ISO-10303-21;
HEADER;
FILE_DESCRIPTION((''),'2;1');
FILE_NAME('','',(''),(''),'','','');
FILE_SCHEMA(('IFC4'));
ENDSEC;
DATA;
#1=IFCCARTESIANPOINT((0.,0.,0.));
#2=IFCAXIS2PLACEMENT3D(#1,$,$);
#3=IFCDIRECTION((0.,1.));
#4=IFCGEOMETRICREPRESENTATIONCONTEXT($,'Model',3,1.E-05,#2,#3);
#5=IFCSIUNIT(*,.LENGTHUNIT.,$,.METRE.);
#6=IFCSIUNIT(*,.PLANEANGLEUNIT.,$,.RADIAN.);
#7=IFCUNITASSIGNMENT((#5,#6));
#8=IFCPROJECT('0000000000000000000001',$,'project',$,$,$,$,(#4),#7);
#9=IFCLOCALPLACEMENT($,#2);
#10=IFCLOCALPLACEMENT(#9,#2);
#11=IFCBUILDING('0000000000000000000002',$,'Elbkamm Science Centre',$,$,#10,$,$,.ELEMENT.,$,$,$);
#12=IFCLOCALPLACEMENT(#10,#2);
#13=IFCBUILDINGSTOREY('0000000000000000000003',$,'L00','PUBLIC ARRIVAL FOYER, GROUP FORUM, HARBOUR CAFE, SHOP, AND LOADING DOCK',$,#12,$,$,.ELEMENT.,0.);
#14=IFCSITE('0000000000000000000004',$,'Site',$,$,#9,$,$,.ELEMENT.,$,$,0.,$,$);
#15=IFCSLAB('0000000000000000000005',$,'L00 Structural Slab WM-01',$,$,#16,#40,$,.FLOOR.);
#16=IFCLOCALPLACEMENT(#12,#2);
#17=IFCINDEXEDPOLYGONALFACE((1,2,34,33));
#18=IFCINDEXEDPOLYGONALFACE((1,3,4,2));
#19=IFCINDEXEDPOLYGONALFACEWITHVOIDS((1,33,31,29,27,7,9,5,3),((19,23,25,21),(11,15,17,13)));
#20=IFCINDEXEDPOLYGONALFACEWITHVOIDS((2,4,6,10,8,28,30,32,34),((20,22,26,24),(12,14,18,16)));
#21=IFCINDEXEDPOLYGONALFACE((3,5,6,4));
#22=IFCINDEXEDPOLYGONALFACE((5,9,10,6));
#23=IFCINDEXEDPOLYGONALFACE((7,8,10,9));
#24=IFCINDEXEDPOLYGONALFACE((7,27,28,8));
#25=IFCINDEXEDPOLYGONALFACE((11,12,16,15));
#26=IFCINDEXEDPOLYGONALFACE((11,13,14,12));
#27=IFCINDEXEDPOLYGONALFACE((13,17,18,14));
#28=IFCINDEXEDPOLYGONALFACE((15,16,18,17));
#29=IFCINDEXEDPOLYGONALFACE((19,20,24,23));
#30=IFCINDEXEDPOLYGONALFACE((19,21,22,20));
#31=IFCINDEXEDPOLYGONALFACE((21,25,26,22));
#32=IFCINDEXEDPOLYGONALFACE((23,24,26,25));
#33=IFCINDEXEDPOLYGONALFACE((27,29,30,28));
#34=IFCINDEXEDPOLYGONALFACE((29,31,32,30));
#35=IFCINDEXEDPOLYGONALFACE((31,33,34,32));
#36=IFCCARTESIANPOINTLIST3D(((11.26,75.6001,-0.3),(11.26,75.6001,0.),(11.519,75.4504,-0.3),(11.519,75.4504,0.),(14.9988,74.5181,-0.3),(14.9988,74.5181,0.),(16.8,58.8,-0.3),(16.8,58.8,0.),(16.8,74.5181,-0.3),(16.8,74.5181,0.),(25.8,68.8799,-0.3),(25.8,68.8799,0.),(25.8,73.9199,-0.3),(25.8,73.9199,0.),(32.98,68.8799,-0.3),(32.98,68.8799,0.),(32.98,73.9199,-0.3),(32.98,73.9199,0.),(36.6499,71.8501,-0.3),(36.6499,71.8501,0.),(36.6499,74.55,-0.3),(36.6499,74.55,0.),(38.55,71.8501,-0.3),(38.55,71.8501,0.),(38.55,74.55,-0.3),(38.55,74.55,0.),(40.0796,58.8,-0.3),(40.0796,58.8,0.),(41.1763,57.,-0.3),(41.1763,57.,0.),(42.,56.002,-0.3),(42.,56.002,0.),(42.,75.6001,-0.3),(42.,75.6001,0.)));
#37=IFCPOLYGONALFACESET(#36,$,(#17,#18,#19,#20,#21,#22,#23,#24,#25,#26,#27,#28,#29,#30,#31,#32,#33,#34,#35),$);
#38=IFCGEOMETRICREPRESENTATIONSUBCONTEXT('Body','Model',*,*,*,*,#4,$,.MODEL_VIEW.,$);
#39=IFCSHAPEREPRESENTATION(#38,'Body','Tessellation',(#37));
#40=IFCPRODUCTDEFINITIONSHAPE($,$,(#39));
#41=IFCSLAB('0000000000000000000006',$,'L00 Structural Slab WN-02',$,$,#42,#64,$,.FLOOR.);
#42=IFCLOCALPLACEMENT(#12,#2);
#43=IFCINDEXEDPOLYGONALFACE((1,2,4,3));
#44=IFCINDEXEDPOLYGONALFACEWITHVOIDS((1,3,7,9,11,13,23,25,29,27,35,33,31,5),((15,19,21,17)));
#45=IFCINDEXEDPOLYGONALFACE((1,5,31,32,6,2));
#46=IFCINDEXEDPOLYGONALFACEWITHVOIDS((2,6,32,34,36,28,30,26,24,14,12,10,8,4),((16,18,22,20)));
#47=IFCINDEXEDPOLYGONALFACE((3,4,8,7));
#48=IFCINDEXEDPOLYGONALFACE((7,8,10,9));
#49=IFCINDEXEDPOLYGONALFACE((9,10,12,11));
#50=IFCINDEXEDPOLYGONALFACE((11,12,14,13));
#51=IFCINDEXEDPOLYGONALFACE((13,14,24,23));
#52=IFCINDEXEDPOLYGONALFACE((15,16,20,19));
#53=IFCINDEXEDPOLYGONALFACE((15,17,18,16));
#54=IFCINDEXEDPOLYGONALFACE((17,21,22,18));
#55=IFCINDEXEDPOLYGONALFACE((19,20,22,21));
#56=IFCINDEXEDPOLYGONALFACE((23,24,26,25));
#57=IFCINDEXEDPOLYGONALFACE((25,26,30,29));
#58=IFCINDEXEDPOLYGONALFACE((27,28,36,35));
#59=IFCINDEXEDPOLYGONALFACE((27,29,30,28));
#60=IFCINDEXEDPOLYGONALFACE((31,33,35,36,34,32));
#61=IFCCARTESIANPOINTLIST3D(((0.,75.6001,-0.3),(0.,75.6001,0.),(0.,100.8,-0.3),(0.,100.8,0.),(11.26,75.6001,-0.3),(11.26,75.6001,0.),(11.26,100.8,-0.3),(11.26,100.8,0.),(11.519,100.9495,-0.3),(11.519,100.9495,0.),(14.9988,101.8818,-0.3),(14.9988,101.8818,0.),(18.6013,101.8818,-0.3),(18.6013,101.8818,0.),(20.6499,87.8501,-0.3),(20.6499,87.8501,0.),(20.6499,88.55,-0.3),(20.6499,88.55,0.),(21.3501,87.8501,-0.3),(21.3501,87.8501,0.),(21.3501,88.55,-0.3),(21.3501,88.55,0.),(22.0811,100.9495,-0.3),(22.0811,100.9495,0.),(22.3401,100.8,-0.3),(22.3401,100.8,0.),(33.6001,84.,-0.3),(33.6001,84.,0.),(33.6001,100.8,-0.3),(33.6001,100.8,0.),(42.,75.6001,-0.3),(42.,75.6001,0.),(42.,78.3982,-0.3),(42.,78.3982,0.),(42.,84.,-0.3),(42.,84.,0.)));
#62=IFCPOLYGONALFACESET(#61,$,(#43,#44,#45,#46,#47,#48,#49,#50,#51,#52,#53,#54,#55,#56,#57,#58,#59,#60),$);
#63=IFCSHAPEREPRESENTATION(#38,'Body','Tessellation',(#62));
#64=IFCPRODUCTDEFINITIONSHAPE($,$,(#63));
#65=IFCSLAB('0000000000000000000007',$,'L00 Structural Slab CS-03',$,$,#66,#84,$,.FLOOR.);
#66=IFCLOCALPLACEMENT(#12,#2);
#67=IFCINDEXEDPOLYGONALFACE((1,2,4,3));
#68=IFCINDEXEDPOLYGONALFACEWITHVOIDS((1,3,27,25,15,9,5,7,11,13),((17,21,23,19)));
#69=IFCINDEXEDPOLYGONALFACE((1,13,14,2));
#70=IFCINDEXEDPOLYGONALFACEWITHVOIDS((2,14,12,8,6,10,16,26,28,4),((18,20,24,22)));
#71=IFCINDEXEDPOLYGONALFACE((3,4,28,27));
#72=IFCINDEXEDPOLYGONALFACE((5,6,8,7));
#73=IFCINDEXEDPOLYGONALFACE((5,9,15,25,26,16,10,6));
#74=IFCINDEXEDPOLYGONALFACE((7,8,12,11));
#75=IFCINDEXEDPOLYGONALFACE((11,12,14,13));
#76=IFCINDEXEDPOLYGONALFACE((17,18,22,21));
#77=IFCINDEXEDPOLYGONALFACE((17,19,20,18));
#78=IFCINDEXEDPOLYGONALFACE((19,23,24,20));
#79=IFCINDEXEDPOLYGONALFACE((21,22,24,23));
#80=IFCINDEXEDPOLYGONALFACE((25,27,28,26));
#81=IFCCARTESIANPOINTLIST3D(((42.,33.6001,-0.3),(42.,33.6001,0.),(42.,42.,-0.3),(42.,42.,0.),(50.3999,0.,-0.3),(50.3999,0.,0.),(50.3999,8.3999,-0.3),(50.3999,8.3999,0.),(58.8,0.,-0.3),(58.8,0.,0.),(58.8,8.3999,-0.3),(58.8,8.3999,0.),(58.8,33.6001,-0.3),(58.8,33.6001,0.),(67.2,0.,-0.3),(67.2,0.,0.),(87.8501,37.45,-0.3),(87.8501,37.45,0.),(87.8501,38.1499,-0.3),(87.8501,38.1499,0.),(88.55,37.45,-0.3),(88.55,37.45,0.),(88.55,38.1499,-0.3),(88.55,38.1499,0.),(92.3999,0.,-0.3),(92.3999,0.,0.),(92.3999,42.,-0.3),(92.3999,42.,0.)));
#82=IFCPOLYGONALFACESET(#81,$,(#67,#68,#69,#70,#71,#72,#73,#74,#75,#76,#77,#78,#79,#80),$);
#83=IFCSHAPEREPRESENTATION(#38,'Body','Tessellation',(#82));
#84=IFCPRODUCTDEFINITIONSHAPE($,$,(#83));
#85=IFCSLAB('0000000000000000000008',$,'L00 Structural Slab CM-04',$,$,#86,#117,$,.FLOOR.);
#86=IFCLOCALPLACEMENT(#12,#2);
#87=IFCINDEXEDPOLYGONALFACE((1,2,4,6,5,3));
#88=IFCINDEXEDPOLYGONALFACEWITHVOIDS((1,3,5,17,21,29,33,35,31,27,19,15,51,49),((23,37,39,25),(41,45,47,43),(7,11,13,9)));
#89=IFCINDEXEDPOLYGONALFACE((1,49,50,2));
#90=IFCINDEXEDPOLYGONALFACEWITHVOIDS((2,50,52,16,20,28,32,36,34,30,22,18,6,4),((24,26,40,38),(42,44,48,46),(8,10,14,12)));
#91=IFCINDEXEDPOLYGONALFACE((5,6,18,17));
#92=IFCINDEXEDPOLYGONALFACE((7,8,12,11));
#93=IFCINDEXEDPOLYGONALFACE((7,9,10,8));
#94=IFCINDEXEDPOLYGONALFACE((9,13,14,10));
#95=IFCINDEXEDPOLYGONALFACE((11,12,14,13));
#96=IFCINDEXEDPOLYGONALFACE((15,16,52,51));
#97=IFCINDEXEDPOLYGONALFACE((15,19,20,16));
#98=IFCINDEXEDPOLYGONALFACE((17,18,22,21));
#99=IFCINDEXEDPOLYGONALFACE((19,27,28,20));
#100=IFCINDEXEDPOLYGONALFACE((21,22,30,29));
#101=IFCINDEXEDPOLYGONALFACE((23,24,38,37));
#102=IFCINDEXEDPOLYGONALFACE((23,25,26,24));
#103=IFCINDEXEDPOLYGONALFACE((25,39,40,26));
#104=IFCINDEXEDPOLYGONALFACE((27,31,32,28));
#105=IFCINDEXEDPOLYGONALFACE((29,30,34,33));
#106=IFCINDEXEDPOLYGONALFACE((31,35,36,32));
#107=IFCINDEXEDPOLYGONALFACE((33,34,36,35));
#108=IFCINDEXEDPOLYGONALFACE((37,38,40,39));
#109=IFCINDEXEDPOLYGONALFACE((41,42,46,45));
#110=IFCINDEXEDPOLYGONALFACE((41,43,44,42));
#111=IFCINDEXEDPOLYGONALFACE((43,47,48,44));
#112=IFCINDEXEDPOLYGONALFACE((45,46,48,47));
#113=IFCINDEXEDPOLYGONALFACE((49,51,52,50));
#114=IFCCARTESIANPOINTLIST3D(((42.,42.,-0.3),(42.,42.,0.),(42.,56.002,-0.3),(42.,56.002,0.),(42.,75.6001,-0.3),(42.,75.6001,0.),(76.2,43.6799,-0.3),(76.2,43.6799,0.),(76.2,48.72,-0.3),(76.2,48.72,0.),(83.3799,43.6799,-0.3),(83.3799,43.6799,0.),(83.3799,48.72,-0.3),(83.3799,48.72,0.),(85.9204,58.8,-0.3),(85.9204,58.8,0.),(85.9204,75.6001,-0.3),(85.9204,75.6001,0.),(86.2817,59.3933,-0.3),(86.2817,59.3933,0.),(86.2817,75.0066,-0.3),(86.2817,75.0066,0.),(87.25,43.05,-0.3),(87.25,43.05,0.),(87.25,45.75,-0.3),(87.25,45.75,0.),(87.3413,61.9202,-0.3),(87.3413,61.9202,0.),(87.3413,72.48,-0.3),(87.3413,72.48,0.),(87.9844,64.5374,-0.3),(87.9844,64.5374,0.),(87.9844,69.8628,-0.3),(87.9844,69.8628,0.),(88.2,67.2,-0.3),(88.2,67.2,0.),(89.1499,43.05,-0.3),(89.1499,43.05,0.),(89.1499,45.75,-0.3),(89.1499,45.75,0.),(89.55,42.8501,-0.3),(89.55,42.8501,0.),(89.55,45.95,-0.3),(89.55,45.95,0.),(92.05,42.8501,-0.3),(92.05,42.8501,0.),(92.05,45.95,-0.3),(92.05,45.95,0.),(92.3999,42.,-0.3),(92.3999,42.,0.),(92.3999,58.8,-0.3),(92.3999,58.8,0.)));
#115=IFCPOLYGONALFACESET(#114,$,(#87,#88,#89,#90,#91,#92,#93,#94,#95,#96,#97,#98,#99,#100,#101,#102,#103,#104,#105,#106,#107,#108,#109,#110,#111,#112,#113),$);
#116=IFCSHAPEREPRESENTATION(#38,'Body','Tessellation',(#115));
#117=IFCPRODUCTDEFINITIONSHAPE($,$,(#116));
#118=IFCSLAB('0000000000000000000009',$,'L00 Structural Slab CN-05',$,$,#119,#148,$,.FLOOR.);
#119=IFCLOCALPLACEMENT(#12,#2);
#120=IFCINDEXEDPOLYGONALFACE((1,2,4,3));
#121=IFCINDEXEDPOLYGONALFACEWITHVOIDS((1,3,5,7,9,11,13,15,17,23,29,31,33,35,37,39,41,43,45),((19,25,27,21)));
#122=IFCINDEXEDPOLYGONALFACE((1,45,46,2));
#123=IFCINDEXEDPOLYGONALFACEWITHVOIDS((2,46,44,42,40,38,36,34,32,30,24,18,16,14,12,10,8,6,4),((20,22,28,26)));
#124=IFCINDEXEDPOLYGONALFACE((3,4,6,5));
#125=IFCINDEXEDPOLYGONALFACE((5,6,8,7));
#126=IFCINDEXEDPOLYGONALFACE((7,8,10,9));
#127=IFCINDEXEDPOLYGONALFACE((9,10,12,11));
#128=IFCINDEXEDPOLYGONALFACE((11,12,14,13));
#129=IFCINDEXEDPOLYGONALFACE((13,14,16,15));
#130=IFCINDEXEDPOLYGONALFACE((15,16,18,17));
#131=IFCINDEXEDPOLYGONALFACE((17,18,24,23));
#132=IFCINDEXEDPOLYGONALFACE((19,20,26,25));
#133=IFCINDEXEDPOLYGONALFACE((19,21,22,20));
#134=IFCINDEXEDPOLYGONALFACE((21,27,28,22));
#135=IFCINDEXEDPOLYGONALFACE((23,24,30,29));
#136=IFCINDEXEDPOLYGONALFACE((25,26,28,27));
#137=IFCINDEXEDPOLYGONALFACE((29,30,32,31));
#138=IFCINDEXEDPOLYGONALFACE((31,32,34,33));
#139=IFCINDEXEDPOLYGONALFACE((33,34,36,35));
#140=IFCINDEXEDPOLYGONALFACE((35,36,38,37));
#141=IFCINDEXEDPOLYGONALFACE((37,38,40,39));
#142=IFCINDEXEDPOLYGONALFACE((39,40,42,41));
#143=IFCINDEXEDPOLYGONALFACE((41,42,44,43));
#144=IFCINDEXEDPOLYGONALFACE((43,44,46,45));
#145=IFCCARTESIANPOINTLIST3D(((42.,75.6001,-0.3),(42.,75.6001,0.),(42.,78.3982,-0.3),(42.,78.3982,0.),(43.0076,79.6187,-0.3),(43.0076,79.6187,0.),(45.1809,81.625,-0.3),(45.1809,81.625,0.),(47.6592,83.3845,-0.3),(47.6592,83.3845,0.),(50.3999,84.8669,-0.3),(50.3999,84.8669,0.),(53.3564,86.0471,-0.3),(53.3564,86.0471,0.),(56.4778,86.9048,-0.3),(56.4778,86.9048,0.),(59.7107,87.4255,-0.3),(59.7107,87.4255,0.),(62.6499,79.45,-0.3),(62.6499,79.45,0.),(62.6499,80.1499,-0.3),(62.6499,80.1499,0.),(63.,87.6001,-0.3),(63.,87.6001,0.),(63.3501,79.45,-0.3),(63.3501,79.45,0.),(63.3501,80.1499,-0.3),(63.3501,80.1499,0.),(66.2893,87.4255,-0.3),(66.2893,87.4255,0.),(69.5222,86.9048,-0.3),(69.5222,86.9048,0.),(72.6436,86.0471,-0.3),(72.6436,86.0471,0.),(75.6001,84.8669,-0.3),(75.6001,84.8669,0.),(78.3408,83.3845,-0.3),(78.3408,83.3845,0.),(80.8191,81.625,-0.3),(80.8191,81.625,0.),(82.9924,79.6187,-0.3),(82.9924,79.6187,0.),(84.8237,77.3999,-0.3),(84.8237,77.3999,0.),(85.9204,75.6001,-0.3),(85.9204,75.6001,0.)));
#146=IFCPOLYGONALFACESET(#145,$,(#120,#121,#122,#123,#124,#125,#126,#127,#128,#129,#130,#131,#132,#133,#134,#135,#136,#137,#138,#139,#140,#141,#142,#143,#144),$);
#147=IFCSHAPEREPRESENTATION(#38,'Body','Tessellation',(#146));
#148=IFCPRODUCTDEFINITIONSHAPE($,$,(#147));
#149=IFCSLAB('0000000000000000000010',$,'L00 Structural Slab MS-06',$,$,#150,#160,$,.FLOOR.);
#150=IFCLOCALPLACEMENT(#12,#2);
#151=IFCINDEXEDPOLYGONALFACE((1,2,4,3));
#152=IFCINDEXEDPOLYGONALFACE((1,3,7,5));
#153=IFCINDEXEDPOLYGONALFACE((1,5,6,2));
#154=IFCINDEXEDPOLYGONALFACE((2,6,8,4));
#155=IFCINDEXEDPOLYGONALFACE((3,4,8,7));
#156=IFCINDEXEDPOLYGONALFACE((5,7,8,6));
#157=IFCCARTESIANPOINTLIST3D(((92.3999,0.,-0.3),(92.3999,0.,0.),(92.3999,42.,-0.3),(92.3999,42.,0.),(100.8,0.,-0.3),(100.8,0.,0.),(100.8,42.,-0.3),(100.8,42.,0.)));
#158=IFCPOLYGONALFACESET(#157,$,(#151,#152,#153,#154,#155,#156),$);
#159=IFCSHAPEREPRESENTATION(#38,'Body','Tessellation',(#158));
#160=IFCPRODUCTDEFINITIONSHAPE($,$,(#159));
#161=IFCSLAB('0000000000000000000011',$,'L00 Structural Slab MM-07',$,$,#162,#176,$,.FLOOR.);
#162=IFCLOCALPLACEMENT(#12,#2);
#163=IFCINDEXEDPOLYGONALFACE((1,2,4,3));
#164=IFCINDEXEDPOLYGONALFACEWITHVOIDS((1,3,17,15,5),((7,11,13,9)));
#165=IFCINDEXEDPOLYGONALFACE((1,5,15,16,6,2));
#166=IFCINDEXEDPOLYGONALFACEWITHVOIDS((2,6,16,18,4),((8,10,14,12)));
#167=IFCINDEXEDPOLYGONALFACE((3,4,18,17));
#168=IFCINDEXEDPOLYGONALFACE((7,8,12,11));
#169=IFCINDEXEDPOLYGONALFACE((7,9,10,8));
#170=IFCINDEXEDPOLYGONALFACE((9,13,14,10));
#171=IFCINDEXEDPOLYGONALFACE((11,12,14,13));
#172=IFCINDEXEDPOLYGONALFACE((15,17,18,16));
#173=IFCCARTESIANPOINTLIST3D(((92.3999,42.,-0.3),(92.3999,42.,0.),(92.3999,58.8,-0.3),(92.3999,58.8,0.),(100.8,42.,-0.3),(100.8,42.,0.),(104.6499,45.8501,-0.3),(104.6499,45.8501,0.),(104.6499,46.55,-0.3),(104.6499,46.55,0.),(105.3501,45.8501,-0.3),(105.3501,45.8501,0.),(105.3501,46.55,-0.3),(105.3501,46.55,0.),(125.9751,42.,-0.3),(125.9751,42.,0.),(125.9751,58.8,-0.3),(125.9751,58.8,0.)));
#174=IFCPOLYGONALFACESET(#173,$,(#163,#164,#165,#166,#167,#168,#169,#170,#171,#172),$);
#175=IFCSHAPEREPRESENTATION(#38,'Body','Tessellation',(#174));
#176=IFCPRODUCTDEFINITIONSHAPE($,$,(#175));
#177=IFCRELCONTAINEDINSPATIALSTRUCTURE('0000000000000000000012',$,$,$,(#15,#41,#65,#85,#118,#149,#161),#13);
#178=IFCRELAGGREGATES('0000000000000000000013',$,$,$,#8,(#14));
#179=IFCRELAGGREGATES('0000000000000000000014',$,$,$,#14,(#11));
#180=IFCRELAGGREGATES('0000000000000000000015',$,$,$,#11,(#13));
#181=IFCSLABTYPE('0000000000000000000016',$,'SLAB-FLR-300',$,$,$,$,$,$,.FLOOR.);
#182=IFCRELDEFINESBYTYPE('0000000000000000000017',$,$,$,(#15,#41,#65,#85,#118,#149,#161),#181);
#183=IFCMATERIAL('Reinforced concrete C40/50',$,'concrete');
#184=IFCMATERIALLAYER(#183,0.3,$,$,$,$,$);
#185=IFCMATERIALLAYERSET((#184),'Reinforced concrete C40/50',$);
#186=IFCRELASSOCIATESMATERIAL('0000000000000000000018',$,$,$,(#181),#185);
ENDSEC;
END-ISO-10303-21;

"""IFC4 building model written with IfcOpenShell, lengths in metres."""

from ifc_helpers import new_model, si_unit, direction, frame, origin, place, context, subcontext, project, spatial, polyline, outline, extrude, material, layer, layer_set, type_object, element, save


model = new_model("IFC4")

# Units and contexts
model_context = context("Model", 3, precision=1e-05, world=origin(), true_north=direction((0.0, 1.0)))
body_context = subcontext(model_context, "Body", "Model", "MODEL_VIEW")
ifc_project = project(units=[si_unit("LENGTHUNIT", "METRE"), si_unit("PLANEANGLEUNIT", "RADIAN")], contexts=[model_context])

# Site, building, storey
site_placement = place(None, origin())
site = spatial("IfcSite", under=ifc_project, at=site_placement, Name="Site", CompositionType="ELEMENT", RefElevation=0.0)
building_placement = place(site_placement, origin())
building = spatial("IfcBuilding", under=site, at=building_placement, Name="Elbkamm Science Centre", CompositionType="ELEMENT")
storey_placement = place(building_placement, origin())
storey = spatial("IfcBuildingStorey", under=building, at=storey_placement, Name="L00", Description="PUBLIC ARRIVAL FOYER, GROUP FORUM, HARBOUR CAFE, SHOP, AND LOADING DOCK", CompositionType="ELEMENT", Elevation=0.0)

# Slabs
ifc_material_1 = material(Name="Reinforced concrete C40/50", Category="concrete")
ifc_layer_1 = layer(ifc_material_1, 0.3)
ifc_layer_set_1 = layer_set([ifc_layer_1], Name="Reinforced concrete C40/50")
slab_type_1 = type_object("IfcSlabType", Name="SLAB-FLR-300", PredefinedType="FLOOR", material=ifc_layer_set_1)
slab_1_placement = place(storey_placement, frame((0.0, 0.0, -0.3)))
element("IfcSlab", 1, at=slab_1_placement, inside=storey, type_object=slab_type_1, Name="L00 Structural Slab WM-01", PredefinedType="FLOOR", context=body_context, shape_type="SweptSolid", body=[
    extrude(outline(polyline([(41.1763, 57.0), (40.0796, 58.8), (16.8, 58.8), (16.8, 74.5181), (14.9988, 74.5181), (11.519, 75.4504), (11.26, 75.6001), (42.0, 75.6001), (42.0, 56.002), (41.1763, 57.0)]), holes=[polyline([(25.8, 68.8799), (32.98, 68.8799), (32.98, 73.9199), (25.8, 73.9199), (25.8, 68.8799)]), polyline([(36.6499, 71.8501), (38.55, 71.8501), (38.55, 74.55), (36.6499, 74.55), (36.6499, 71.8501)])]), origin(), (0.0, 0.0, 1.0), 0.3),
])
slab_2_placement = place(storey_placement, frame((0.0, 0.0, -0.3)))
element("IfcSlab", 2, at=slab_2_placement, inside=storey, type_object=slab_type_1, Name="L00 Structural Slab WN-02", PredefinedType="FLOOR", context=body_context, shape_type="SweptSolid", body=[
    extrude(outline(polyline([(0.0, 100.8), (11.26, 100.8), (11.519, 100.9495), (14.9988, 101.8818), (18.6013, 101.8818), (22.0811, 100.9495), (22.3401, 100.8), (33.6001, 100.8), (33.6001, 84.0), (42.0, 84.0), (42.0, 78.3982), (42.0, 75.6001), (11.26, 75.6001), (0.0, 75.6001), (0.0, 100.8)]), holes=[polyline([(21.3501, 88.55), (20.6499, 88.55), (20.6499, 87.8501), (21.3501, 87.8501), (21.3501, 88.55)])]), origin(), (0.0, 0.0, 1.0), 0.3),
])
slab_3_placement = place(storey_placement, frame((0.0, 0.0, -0.3)))
element("IfcSlab", 3, at=slab_3_placement, inside=storey, type_object=slab_type_1, Name="L00 Structural Slab CS-03", PredefinedType="FLOOR", context=body_context, shape_type="SweptSolid", body=[
    extrude(outline(polyline([(58.8, 0.0), (50.3999, 0.0), (50.3999, 8.3999), (58.8, 8.3999), (58.8, 33.6001), (42.0, 33.6001), (42.0, 42.0), (92.3999, 42.0), (92.3999, 0.0), (67.2, 0.0), (58.8, 0.0)]), holes=[polyline([(88.55, 38.1499), (87.8501, 38.1499), (87.8501, 37.45), (88.55, 37.45), (88.55, 38.1499)])]), origin(), (0.0, 0.0, 1.0), 0.3),
])
slab_4_placement = place(storey_placement, frame((0.0, 0.0, -0.3)))
element("IfcSlab", 4, at=slab_4_placement, inside=storey, type_object=slab_type_1, Name="L00 Structural Slab CM-04", PredefinedType="FLOOR", context=body_context, shape_type="SweptSolid", body=[
    extrude(outline(polyline([(86.2817, 75.0066), (87.3413, 72.48), (87.9844, 69.8628), (88.2, 67.2), (87.9844, 64.5374), (87.3413, 61.9202), (86.2817, 59.3933), (85.9204, 58.8), (92.3999, 58.8), (92.3999, 42.0), (42.0, 42.0), (42.0, 56.002), (42.0, 75.6001), (85.9204, 75.6001), (86.2817, 75.0066)]), holes=[polyline([(83.3799, 48.72), (76.2, 48.72), (76.2, 43.6799), (83.3799, 43.6799), (83.3799, 48.72)]), polyline([(89.1499, 45.75), (87.25, 45.75), (87.25, 43.05), (89.1499, 43.05), (89.1499, 45.75)]), polyline([(92.05, 42.8501), (92.05, 45.95), (89.55, 45.95), (89.55, 42.8501), (92.05, 42.8501)])]), origin(), (0.0, 0.0, 1.0), 0.3),
])
slab_5_placement = place(storey_placement, frame((0.0, 0.0, -0.3)))
element("IfcSlab", 5, at=slab_5_placement, inside=storey, type_object=slab_type_1, Name="L00 Structural Slab CN-05", PredefinedType="FLOOR", context=body_context, shape_type="SweptSolid", body=[
    extrude(outline(polyline([(45.1809, 81.625), (47.6592, 83.3845), (50.3999, 84.8669), (53.3564, 86.0471), (56.4778, 86.9048), (59.7107, 87.4255), (63.0, 87.6001), (66.2893, 87.4255), (69.5222, 86.9048), (72.6436, 86.0471), (75.6001, 84.8669), (78.3408, 83.3845), (80.8191, 81.625), (82.9924, 79.6187), (84.8237, 77.3999), (85.9204, 75.6001), (42.0, 75.6001), (42.0, 78.3982), (43.0076, 79.6187), (45.1809, 81.625)]), holes=[polyline([(63.3501, 80.1499), (62.6499, 80.1499), (62.6499, 79.45), (63.3501, 79.45), (63.3501, 80.1499)])]), origin(), (0.0, 0.0, 1.0), 0.3),
])
slab_6_placement = place(storey_placement, frame((0.0, 0.0, -0.3)))
element("IfcSlab", 6, at=slab_6_placement, inside=storey, type_object=slab_type_1, Name="L00 Structural Slab MS-06", PredefinedType="FLOOR", context=body_context, shape_type="SweptSolid", body=[
    extrude(outline(polyline([(100.8, 0.0), (92.3999, 0.0), (92.3999, 42.0), (100.8, 42.0), (100.8, 0.0)])), origin(), (0.0, 0.0, 1.0), 0.3),
])
slab_7_placement = place(storey_placement, frame((0.0, 0.0, -0.3)))
element("IfcSlab", 7, at=slab_7_placement, inside=storey, type_object=slab_type_1, Name="L00 Structural Slab MM-07", PredefinedType="FLOOR", context=body_context, shape_type="SweptSolid", body=[
    extrude(outline(polyline([(125.9751, 42.0), (100.8, 42.0), (92.3999, 42.0), (92.3999, 58.8), (125.9751, 58.8), (125.9751, 42.0)]), holes=[polyline([(105.3501, 46.55), (104.6499, 46.55), (104.6499, 45.8501), (105.3501, 45.8501), (105.3501, 46.55)])]), origin(), (0.0, 0.0, 1.0), 0.3),
])

save(model, "model.ifc")
